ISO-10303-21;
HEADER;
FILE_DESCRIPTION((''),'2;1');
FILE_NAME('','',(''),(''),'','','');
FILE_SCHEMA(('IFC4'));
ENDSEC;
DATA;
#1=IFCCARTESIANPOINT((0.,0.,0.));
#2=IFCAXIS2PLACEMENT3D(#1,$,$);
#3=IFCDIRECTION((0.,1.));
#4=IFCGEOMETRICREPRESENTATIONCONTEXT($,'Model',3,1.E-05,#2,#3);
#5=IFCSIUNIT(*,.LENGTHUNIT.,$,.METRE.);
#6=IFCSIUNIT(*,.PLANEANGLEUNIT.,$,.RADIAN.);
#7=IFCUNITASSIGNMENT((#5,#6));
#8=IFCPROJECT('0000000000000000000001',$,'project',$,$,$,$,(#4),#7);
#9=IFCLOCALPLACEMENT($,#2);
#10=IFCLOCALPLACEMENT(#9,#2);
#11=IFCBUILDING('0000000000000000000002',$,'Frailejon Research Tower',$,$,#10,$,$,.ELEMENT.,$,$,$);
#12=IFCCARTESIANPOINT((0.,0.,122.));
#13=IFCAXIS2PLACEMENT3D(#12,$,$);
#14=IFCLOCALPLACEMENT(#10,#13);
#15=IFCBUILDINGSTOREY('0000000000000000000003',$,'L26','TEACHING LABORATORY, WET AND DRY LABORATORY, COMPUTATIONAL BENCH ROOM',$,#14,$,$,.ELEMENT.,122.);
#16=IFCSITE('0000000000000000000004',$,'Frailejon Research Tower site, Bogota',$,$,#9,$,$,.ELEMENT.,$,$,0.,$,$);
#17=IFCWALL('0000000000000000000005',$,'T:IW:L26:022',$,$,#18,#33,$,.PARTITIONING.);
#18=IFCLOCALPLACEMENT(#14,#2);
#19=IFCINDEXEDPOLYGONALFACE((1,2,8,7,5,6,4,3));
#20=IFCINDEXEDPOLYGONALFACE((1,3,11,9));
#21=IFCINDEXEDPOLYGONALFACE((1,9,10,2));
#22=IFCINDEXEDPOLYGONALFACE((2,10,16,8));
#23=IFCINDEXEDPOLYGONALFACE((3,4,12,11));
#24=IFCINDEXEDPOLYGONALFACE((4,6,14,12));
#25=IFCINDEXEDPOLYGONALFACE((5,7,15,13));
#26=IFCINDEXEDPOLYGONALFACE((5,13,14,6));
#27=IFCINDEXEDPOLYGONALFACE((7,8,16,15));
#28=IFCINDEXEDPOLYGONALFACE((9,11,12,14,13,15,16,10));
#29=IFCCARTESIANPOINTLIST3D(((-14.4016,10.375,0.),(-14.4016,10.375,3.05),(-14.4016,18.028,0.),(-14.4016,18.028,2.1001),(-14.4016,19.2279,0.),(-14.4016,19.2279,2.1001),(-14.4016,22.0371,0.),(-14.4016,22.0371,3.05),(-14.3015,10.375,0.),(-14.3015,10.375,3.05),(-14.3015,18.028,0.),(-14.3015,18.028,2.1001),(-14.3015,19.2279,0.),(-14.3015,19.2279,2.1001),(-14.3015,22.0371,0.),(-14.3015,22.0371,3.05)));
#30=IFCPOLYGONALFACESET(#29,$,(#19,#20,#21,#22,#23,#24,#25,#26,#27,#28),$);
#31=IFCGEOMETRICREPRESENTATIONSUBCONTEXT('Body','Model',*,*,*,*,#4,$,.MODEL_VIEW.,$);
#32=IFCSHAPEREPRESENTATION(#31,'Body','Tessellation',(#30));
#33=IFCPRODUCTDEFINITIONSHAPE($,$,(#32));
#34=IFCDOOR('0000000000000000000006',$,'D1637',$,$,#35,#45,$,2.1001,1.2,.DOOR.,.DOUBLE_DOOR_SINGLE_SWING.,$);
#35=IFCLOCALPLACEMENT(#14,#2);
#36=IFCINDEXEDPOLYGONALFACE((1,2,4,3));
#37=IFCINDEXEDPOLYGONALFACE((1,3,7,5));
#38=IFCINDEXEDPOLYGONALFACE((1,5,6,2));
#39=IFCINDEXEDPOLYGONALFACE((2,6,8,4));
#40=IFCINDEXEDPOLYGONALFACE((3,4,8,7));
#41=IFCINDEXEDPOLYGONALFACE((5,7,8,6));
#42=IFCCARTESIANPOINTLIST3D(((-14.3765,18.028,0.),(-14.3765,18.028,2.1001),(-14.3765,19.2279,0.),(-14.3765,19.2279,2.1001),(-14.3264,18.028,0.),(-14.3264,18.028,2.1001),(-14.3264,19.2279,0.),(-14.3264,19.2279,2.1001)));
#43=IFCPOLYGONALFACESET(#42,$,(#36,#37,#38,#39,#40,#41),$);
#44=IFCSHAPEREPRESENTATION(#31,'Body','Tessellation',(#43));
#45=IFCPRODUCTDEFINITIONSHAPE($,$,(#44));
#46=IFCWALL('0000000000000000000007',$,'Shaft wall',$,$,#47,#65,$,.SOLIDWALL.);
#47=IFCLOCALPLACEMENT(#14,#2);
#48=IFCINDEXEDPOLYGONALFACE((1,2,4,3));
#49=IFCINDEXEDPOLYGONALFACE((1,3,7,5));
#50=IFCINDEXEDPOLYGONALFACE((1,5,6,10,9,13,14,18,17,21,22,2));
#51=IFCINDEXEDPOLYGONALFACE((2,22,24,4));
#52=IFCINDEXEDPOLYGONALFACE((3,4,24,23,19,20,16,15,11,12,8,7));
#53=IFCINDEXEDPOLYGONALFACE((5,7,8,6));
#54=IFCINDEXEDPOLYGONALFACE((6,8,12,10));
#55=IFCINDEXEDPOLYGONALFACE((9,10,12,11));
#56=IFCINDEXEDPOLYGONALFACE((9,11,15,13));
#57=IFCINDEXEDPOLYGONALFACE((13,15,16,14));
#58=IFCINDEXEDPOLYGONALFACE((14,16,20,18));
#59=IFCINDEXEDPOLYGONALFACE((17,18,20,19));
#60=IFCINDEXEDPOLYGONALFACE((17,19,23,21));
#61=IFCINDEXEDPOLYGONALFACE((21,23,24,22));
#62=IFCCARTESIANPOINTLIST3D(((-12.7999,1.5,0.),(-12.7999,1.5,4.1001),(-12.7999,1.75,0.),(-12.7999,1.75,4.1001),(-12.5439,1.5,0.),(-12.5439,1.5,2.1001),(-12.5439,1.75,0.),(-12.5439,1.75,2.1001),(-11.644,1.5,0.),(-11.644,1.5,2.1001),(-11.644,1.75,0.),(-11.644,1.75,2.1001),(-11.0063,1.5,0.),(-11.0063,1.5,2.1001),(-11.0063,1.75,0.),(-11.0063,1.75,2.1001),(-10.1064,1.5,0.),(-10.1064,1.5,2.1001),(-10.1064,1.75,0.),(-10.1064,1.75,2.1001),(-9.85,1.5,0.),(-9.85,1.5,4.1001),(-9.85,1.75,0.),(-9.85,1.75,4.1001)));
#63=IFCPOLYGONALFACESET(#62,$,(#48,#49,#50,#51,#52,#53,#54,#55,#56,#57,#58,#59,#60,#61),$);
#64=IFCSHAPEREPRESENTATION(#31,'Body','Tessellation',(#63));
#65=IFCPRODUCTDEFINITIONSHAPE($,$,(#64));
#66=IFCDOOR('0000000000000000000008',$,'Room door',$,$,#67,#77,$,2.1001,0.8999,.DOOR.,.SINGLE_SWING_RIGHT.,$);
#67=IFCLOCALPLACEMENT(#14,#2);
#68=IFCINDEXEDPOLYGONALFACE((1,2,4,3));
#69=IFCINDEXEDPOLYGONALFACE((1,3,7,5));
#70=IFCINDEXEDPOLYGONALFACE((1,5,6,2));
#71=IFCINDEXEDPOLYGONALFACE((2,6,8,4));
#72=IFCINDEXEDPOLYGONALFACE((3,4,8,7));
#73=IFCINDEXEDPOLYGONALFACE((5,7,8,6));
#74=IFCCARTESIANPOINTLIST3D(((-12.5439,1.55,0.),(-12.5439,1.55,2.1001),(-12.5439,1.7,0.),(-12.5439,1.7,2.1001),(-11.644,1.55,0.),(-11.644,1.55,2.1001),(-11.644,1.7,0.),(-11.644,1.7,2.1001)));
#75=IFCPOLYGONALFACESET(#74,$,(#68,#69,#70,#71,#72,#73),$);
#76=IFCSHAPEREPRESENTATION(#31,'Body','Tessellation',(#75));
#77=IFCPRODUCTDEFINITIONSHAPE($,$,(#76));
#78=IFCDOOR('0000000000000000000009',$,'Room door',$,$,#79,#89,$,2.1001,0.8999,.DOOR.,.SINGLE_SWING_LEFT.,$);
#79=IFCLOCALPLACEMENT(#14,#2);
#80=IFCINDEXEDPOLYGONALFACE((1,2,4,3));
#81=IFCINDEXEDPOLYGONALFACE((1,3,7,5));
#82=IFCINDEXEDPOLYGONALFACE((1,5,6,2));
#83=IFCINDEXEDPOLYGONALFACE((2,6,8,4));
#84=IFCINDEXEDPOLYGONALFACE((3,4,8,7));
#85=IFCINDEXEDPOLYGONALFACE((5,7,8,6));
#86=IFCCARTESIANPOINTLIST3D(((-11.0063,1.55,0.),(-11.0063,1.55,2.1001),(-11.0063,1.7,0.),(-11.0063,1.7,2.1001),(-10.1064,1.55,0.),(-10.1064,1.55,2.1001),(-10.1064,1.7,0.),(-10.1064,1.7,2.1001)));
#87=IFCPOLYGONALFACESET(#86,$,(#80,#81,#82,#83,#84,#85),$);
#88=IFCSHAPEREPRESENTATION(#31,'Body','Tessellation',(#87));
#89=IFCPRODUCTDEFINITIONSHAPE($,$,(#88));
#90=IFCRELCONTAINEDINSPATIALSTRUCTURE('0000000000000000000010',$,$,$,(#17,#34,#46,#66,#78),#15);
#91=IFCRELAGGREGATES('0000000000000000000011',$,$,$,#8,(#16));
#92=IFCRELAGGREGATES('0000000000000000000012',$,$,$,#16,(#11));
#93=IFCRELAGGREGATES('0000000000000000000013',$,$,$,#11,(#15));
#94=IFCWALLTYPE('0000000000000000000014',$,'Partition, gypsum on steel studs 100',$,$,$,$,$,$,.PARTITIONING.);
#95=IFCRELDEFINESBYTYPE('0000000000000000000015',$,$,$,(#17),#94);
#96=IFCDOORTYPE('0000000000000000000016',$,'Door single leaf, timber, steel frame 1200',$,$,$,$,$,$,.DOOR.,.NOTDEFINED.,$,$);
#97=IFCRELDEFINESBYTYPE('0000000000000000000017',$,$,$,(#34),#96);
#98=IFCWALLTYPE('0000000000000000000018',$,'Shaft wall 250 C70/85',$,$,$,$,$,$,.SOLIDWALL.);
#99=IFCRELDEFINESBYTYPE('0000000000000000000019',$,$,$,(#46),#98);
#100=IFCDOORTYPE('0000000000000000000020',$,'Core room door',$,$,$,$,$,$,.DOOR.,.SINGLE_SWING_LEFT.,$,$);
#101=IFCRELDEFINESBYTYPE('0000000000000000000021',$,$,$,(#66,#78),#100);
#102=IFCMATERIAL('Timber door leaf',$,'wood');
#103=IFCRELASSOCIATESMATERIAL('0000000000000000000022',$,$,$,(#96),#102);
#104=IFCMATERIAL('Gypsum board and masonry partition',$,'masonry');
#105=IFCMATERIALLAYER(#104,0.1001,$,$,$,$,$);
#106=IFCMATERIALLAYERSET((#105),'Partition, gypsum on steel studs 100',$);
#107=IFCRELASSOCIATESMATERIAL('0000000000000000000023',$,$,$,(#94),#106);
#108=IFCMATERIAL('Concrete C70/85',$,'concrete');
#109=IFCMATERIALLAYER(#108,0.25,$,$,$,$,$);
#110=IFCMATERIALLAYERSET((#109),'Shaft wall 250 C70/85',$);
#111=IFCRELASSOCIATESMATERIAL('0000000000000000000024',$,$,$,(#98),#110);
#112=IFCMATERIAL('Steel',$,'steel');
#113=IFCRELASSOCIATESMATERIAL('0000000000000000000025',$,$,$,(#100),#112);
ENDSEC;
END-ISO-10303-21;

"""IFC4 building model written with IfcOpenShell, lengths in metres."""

from ifc_helpers import new_model, si_unit, direction, frame, frame_2d, origin, place, context, subcontext, project, spatial, rectangle, extrude, material, layer, layer_set, type_object, element, fill, save


model = new_model("IFC4")

# Units and contexts
model_context = context("Model", 3, precision=1e-05, world=origin(), true_north=direction((0.0, 1.0)))
body_context = subcontext(model_context, "Body", "Model", "MODEL_VIEW")
ifc_project = project(units=[si_unit("LENGTHUNIT", "METRE"), si_unit("PLANEANGLEUNIT", "RADIAN")], contexts=[model_context])

# Site, building, storey
site_placement = place(None, origin())
site = spatial("IfcSite", under=ifc_project, at=site_placement, Name="Frailejon Research Tower site, Bogota", CompositionType="ELEMENT", RefElevation=0.0)
building_placement = place(site_placement, origin())
building = spatial("IfcBuilding", under=site, at=building_placement, Name="Frailejon Research Tower", CompositionType="ELEMENT")
storey_placement = place(building_placement, frame((0.0, 0.0, 122.0)))
storey = spatial("IfcBuildingStorey", under=building, at=storey_placement, Name="L26", Description="TEACHING LABORATORY, WET AND DRY LABORATORY, COMPUTATIONAL BENCH ROOM", CompositionType="ELEMENT", Elevation=122.0)

# Shared definitions
ifc_material_1 = material(Name="Timber door leaf", Category="wood")
door_type_1 = type_object("IfcDoorType", Name="Door single leaf, timber, steel frame 1200", OperationType="NOTDEFINED", PredefinedType="DOOR", material=ifc_material_1)

# Wall, opening, door
ifc_material_2 = material(Name="Gypsum board and masonry partition", Category="masonry")
ifc_layer_1 = layer(ifc_material_2, 0.1001)
ifc_layer_set_1 = layer_set([ifc_layer_1], Name="Partition, gypsum on steel studs 100")
wall_type_1 = type_object("IfcWallType", Name="Partition, gypsum on steel studs 100", PredefinedType="PARTITIONING", material=ifc_layer_set_1)
wall_1_placement = place(storey_placement, frame((-14.3516, 10.375, 0.0), z_axis=(0.0, 0.0, 1.0), x_axis=(0.0, 1.0, 0.0)))
wall_1 = element("IfcWall", 1, at=wall_1_placement, inside=storey, type_object=wall_type_1, Name="T:IW:L26:022", PredefinedType="PARTITIONING", context=body_context, shape_type="SweptSolid", body=[
    extrude(rectangle(XDim=11.6621, YDim=0.1001, at=frame_2d((5.8311, 0.0))), origin(), (0.0, 0.0, 1.0), 3.05),
])
opening_1_placement = place(wall_1_placement, frame((7.6528, 0.0, 0.0)))
opening_1 = element("IfcOpeningElement", 2, at=opening_1_placement, cuts=wall_1, PredefinedType="OPENING", context=body_context, shape_type="SweptSolid", body=[
    extrude(rectangle(XDim=1.2, YDim=2.1001, at=frame_2d((0.6001, 1.05))), frame((0.0, 0.0601, 0.0), z_axis=(0.0, -1.0, 0.0), x_axis=(1.0, 0.0, 0.0)), (0.0, 0.0, 1.0), 0.1201),
])
door_1_placement = place(opening_1_placement, origin())
door_1 = element("IfcDoor", 3, at=door_1_placement, inside=storey, type_object=door_type_1, Name="D1637", OperationType="DOUBLE_DOOR_SINGLE_SWING", OverallHeight=2.1001, OverallWidth=1.2, PredefinedType="DOOR", context=body_context, shape_type="SweptSolid", body=[
    extrude(rectangle(XDim=1.2, YDim=2.1001, at=frame_2d((0.6001, 1.05))), frame((0.0, 0.0249, 0.0), z_axis=(0.0, -1.0, 0.0), x_axis=(1.0, 0.0, 0.0)), (0.0, 0.0, 1.0), 0.05),
])
fill(opening_1, door_1)

# Wall, openings, doors
ifc_material_3 = material(Name="Concrete C70/85", Category="concrete")
ifc_layer_2 = layer(ifc_material_3, 0.25)
ifc_layer_set_2 = layer_set([ifc_layer_2], Name="Shaft wall 250 C70/85")
wall_type_2 = type_object("IfcWallType", Name="Shaft wall 250 C70/85", PredefinedType="SOLIDWALL", material=ifc_layer_set_2)
wall_2_placement = place(storey_placement, frame((-12.8, 1.625, 0.0), z_axis=(0.0, 0.0, 1.0), x_axis=(1.0, 0.0, 0.0)))
wall_2 = element("IfcWall", 4, at=wall_2_placement, inside=storey, type_object=wall_type_2, Name="Shaft wall", PredefinedType="SOLIDWALL", context=body_context, shape_type="SweptSolid", body=[
    extrude(rectangle(XDim=2.95, YDim=0.25, at=frame_2d((1.4751, 0.0))), origin(), (0.0, 0.0, 1.0), 4.1001),
])
opening_2_placement = place(wall_2_placement, frame((0.2561, 0.0, 0.0)))
opening_2 = element("IfcOpeningElement", 5, at=opening_2_placement, cuts=wall_2, PredefinedType="OPENING", context=body_context, shape_type="SweptSolid", body=[
    extrude(rectangle(XDim=0.8999, YDim=2.1001, at=frame_2d((0.45, 1.05))), frame((0.0, 0.135, 0.0), z_axis=(0.0, -1.0, 0.0), x_axis=(1.0, 0.0, 0.0)), (0.0, 0.0, 1.0), 0.27),
])
opening_3_placement = place(wall_2_placement, frame((1.7937, 0.0, 0.0)))
opening_3 = element("IfcOpeningElement", 6, at=opening_3_placement, cuts=wall_2, PredefinedType="OPENING", context=body_context, shape_type="SweptSolid", body=[
    extrude(rectangle(XDim=0.8999, YDim=2.1001, at=frame_2d((0.45, 1.05))), frame((0.0, 0.135, 0.0), z_axis=(0.0, -1.0, 0.0), x_axis=(1.0, 0.0, 0.0)), (0.0, 0.0, 1.0), 0.27),
])
ifc_material_4 = material(Name="Steel", Category="steel")
door_type_2 = type_object("IfcDoorType", Name="Core room door", OperationType="SINGLE_SWING_LEFT", PredefinedType="DOOR", material=ifc_material_4)
door_2_placement = place(opening_2_placement, origin())
door_2 = element("IfcDoor", 7, at=door_2_placement, inside=storey, type_object=door_type_2, Name="Room door", OperationType="SINGLE_SWING_RIGHT", OverallHeight=2.1001, OverallWidth=0.8999, PredefinedType="DOOR", context=body_context, shape_type="SweptSolid", body=[
    extrude(rectangle(XDim=0.8999, YDim=2.1001, at=frame_2d((0.45, 1.05))), frame((0.0, 0.075, 0.0), z_axis=(0.0, -1.0, 0.0), x_axis=(1.0, 0.0, 0.0)), (0.0, 0.0, 1.0), 0.1499),
])
fill(opening_2, door_2)
door_3_placement = place(opening_3_placement, origin())
door_3 = element("IfcDoor", 8, at=door_3_placement, inside=storey, type_object=door_type_2, Name="Room door", OperationType="SINGLE_SWING_LEFT", OverallHeight=2.1001, OverallWidth=0.8999, PredefinedType="DOOR", context=body_context, shape_type="SweptSolid", body=[
    extrude(rectangle(XDim=0.8999, YDim=2.1001, at=frame_2d((0.45, 1.05))), frame((0.0, 0.075, 0.0), z_axis=(0.0, -1.0, 0.0), x_axis=(1.0, 0.0, 0.0)), (0.0, 0.0, 1.0), 0.1499),
])
fill(opening_3, door_3)

save(model, "model.ifc")
